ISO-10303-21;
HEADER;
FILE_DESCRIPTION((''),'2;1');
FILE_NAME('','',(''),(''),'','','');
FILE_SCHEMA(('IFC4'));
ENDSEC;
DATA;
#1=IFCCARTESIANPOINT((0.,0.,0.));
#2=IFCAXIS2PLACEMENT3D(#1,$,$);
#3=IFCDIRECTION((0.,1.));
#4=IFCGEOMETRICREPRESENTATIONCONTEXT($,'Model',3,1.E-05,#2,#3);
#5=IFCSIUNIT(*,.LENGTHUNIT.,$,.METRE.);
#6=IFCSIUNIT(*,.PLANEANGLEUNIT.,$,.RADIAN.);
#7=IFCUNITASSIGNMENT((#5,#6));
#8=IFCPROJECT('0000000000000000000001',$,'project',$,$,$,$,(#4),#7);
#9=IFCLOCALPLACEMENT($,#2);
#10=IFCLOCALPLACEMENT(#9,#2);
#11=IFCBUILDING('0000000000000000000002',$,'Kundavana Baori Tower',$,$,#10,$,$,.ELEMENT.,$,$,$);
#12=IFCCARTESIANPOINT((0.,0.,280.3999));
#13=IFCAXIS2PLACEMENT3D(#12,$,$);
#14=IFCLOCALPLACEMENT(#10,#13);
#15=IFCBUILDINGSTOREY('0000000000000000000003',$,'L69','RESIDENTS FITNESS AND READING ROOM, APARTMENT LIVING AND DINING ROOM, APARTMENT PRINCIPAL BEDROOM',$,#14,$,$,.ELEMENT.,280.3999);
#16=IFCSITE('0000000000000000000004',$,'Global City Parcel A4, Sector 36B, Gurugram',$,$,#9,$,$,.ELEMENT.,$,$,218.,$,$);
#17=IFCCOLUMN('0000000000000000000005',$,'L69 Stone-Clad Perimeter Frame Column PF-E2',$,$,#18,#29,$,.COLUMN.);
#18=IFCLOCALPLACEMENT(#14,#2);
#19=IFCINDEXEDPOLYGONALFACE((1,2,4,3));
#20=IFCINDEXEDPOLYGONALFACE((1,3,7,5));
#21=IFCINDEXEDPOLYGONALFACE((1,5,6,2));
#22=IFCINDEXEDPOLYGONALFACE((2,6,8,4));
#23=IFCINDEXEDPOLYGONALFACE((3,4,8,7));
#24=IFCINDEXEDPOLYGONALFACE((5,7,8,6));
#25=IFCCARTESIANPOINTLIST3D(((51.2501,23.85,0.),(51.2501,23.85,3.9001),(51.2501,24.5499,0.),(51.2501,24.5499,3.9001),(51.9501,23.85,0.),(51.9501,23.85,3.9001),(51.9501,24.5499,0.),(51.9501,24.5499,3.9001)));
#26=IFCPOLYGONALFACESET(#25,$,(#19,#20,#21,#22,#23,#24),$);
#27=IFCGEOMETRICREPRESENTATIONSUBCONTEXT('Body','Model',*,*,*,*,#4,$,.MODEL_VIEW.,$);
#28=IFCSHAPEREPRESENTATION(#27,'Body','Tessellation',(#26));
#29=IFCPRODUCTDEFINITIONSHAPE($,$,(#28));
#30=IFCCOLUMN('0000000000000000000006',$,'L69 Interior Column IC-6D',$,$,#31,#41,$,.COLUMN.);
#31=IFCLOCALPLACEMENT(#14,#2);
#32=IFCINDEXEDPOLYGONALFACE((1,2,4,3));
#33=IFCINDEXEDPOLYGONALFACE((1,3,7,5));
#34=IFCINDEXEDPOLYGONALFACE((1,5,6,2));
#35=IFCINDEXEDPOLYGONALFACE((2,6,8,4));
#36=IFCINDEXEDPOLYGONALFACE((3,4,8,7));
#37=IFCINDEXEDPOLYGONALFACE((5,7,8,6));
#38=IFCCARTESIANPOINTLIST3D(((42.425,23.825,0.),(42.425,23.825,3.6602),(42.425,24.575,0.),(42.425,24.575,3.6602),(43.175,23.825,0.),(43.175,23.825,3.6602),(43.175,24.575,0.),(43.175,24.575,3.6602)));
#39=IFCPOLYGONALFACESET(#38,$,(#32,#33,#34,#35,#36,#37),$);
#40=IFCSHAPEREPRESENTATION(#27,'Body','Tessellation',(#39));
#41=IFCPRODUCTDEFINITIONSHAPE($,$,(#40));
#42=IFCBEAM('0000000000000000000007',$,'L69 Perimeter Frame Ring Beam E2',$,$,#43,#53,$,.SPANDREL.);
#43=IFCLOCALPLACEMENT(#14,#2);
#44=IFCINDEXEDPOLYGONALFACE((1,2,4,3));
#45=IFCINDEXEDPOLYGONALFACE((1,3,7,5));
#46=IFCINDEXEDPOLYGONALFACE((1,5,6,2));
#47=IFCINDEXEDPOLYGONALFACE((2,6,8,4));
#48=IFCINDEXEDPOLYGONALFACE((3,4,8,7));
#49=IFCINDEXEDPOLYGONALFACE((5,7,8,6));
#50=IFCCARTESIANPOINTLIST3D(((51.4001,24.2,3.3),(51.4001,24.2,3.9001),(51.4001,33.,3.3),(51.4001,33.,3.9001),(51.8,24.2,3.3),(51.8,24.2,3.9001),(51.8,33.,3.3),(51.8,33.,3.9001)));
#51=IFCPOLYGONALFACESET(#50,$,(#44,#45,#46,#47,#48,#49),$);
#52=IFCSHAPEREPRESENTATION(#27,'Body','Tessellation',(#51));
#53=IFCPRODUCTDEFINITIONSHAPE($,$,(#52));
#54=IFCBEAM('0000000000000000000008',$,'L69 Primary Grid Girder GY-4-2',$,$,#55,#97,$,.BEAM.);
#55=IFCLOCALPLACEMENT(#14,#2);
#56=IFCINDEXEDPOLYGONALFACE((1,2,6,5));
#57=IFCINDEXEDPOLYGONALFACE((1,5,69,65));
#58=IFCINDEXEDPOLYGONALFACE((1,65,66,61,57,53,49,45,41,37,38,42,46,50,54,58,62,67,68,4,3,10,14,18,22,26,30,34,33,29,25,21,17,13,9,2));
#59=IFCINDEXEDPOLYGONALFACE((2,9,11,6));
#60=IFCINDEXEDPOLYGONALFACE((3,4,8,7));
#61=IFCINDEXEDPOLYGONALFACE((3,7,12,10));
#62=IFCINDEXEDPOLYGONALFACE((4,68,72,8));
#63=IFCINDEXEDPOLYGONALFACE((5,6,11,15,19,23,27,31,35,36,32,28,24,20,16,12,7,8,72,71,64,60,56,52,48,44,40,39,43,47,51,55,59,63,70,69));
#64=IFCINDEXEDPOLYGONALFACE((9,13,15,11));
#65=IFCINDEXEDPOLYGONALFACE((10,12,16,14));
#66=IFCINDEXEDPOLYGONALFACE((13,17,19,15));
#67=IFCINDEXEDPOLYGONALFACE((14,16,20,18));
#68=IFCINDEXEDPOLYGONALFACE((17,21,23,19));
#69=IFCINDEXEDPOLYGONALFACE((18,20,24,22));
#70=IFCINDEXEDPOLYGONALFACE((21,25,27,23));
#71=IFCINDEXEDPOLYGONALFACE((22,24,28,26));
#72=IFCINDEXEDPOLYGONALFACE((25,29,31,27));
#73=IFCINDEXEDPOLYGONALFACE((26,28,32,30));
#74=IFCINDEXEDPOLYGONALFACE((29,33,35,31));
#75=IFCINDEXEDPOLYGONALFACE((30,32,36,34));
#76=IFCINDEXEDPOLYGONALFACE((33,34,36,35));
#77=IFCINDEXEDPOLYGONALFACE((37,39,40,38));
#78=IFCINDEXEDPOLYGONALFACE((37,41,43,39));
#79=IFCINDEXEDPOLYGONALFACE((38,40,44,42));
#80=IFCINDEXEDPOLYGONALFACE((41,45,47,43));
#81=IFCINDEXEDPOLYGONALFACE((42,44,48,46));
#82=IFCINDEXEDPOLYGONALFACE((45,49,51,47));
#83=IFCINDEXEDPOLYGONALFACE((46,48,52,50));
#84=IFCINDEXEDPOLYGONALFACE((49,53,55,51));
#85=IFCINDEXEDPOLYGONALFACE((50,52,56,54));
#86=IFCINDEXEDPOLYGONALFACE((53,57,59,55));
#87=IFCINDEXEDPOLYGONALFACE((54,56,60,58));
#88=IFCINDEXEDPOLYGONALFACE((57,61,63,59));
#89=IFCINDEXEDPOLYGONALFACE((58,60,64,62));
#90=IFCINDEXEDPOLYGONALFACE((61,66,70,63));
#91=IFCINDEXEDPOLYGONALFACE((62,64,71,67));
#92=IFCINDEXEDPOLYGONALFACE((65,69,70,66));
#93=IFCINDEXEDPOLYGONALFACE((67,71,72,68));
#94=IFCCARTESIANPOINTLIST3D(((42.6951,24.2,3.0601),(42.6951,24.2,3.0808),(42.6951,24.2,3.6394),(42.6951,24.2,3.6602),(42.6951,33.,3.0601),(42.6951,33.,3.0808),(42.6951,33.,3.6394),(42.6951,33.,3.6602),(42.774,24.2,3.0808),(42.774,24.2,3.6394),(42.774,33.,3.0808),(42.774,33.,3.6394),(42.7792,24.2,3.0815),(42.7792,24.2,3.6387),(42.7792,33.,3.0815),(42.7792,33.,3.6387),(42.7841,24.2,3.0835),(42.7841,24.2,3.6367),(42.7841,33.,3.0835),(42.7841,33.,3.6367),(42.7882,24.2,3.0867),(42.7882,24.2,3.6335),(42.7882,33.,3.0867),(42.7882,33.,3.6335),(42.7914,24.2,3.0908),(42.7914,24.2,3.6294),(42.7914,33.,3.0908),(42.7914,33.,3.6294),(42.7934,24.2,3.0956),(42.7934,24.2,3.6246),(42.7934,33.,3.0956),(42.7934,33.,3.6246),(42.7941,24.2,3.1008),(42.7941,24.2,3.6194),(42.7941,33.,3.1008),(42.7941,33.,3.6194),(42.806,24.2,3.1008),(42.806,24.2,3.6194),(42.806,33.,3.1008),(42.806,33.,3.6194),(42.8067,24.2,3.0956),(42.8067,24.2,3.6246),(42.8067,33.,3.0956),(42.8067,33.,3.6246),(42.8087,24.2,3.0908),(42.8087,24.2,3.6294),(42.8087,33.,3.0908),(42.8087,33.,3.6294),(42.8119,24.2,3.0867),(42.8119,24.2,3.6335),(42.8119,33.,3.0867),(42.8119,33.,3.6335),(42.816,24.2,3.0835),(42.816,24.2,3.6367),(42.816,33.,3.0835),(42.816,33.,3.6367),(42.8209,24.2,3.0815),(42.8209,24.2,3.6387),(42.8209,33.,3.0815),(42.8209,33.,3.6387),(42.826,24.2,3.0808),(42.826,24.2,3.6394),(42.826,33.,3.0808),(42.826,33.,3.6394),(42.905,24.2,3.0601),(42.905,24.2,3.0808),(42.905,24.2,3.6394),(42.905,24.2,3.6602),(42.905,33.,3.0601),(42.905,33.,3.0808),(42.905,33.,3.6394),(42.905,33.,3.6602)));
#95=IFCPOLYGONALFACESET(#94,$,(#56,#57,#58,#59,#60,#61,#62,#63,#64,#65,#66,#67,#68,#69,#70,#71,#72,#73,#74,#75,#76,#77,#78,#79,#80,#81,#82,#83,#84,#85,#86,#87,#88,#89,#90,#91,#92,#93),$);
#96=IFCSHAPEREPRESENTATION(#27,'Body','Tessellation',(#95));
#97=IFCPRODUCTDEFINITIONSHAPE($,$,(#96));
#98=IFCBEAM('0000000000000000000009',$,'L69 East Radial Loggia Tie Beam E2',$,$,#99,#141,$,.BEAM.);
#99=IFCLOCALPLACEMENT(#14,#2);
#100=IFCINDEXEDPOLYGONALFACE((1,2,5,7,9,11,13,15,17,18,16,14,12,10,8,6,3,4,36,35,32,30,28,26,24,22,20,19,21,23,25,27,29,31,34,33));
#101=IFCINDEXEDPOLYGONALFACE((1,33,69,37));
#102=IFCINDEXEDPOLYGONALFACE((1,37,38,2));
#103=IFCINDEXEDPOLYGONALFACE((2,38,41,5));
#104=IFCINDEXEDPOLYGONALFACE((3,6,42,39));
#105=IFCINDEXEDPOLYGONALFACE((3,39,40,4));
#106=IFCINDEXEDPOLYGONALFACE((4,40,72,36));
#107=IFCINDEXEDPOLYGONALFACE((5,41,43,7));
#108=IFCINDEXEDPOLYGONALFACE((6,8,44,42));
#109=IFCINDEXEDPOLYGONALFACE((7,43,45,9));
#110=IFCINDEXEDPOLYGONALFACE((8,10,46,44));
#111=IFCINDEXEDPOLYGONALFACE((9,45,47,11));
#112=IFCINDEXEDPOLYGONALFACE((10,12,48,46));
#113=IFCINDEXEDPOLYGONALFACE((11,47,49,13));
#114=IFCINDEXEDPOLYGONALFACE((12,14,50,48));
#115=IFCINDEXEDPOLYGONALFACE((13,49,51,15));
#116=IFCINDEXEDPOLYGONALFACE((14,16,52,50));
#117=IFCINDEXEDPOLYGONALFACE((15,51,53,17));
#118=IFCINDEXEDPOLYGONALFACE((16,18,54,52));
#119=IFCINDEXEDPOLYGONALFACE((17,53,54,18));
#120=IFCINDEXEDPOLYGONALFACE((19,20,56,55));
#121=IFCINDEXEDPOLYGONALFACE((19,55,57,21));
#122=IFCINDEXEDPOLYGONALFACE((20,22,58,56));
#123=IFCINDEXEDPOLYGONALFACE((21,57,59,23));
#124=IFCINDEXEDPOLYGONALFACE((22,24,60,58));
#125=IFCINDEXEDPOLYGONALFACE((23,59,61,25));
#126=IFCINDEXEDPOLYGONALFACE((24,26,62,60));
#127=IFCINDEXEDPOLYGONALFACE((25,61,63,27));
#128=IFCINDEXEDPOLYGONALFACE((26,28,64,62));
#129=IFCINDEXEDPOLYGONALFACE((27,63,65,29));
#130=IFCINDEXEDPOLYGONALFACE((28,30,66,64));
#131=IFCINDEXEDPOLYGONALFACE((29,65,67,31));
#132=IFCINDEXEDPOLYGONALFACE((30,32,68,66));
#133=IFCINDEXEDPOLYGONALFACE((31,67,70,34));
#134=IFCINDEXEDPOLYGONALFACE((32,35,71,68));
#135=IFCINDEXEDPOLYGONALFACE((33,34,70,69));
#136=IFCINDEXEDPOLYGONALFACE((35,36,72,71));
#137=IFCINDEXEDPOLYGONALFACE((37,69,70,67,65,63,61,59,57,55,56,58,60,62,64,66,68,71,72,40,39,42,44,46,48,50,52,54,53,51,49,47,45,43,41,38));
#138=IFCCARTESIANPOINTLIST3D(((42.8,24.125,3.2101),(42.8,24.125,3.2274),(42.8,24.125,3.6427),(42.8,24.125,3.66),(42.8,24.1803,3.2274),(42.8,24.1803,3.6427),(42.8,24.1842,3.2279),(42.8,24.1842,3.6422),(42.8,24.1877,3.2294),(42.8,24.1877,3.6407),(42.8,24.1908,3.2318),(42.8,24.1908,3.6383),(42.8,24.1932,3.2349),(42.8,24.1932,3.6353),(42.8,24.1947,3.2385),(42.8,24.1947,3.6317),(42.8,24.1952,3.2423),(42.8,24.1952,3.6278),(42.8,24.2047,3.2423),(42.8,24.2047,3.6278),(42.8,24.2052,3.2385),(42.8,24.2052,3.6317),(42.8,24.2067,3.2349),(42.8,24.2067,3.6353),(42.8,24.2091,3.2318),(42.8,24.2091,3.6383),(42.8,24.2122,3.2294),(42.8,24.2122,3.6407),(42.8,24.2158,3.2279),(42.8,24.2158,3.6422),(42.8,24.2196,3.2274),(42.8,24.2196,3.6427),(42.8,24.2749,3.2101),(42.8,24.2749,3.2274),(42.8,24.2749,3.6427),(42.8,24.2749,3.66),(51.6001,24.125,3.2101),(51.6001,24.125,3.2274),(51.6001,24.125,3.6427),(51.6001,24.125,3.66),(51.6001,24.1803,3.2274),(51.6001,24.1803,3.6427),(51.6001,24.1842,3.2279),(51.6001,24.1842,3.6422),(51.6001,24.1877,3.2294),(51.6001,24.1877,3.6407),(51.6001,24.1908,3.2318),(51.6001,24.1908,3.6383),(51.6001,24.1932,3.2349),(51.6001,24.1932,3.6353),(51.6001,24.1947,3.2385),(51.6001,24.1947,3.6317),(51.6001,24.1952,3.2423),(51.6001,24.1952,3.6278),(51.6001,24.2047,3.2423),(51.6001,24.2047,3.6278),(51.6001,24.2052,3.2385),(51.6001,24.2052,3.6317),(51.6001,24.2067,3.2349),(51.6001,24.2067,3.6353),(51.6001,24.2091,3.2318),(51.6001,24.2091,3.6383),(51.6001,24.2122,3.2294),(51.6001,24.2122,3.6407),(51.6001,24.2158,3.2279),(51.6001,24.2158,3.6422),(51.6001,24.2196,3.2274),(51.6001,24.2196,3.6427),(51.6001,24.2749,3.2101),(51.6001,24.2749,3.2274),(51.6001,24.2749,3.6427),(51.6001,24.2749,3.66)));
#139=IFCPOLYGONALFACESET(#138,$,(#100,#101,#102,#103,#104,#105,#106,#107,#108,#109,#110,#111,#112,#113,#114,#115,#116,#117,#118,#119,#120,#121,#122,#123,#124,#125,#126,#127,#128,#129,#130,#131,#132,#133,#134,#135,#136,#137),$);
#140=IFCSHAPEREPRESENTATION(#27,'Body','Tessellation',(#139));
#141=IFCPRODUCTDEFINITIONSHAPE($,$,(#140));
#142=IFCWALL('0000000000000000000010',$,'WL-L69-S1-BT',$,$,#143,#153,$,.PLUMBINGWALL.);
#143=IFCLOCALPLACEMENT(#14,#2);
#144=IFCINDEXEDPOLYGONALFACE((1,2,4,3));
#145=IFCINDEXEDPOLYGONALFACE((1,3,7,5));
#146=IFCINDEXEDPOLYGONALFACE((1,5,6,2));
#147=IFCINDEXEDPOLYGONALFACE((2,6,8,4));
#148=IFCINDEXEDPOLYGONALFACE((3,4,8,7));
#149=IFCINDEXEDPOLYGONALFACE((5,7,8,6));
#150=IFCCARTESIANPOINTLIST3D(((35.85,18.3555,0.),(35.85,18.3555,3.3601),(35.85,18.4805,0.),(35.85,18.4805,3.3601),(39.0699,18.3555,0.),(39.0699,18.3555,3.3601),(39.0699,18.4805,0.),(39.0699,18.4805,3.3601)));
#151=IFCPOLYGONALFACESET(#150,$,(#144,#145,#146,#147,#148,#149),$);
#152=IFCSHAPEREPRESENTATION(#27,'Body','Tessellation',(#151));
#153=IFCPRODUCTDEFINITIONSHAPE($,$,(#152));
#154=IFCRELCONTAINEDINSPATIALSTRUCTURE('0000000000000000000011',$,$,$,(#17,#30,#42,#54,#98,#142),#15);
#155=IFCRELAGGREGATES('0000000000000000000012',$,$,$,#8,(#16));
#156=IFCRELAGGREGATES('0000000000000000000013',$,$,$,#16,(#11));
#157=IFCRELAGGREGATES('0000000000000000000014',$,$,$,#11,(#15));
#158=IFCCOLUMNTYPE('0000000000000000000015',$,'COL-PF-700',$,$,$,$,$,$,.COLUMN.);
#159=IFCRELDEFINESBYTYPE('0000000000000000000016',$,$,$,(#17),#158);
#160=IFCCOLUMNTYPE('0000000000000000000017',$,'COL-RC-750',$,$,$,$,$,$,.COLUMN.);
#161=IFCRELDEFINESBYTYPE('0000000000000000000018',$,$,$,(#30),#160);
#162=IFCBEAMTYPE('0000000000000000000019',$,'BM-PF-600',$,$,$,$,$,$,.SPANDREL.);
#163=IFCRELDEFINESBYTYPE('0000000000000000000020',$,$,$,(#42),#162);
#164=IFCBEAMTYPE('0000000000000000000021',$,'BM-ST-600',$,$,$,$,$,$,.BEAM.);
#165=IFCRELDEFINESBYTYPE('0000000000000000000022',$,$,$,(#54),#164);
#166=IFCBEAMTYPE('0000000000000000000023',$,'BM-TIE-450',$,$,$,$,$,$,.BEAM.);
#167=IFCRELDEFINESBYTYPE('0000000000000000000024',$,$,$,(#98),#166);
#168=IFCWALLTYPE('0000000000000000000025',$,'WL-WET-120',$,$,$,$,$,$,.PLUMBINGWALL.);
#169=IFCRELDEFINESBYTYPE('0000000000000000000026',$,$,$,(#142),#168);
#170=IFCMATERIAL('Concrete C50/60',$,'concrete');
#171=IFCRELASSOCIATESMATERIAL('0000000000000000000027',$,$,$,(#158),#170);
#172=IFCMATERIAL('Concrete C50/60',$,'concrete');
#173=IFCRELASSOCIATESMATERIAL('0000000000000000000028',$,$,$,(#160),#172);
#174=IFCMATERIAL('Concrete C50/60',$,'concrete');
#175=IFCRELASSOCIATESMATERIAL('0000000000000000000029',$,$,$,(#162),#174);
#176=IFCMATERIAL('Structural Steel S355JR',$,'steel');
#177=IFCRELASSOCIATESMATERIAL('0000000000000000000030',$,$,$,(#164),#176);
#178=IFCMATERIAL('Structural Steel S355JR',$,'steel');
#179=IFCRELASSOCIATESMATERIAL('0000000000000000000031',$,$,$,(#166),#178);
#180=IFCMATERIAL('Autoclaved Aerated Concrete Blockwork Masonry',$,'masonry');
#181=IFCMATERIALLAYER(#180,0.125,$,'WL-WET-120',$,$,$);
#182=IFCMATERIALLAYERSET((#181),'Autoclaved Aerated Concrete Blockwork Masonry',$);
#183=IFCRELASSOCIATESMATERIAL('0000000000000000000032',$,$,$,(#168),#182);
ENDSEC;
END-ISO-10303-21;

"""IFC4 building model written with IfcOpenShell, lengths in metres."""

from ifc_helpers import new_model, si_unit, direction, frame, frame_2d, origin, origin_2d, place, context, subcontext, project, spatial, rectangle, i_section, extrude, material, layer, layer_set, material_profile, profile_set, type_object, element, save


model = new_model("IFC4")

# Units and contexts
model_context = context("Model", 3, precision=1e-05, world=origin(), true_north=direction((0.0, 1.0)))
body_context = subcontext(model_context, "Body", "Model", "MODEL_VIEW")
ifc_project = project(units=[si_unit("LENGTHUNIT", "METRE"), si_unit("PLANEANGLEUNIT", "RADIAN")], contexts=[model_context])

# Site, building, storey
site_placement = place(None, origin())
site = spatial("IfcSite", under=ifc_project, at=site_placement, Name="Global City Parcel A4, Sector 36B, Gurugram", CompositionType="ELEMENT", RefElevation=218.0)
building_placement = place(site_placement, origin())
building = spatial("IfcBuilding", under=site, at=building_placement, Name="Kundavana Baori Tower", CompositionType="ELEMENT")
storey_placement = place(building_placement, frame((0.0, 0.0, 280.3999)))
storey = spatial("IfcBuildingStorey", under=building, at=storey_placement, Name="L69", Description="RESIDENTS FITNESS AND READING ROOM, APARTMENT LIVING AND DINING ROOM, APARTMENT PRINCIPAL BEDROOM", CompositionType="ELEMENT", Elevation=280.3999)

# Columns
ifc_material_1 = material(Name="Concrete C50/60", Category="concrete")
ifc_material_profile_1 = material_profile(ifc_material_1, rectangle(XDim=0.7, YDim=0.7, at=origin_2d()), Name="RC PF 700x700")
ifc_profile_set_1 = profile_set([ifc_material_profile_1], Name="Concrete C50/60")
column_type_1 = type_object("IfcColumnType", Name="COL-PF-700", PredefinedType="COLUMN", material=ifc_profile_set_1)
column_1_placement = place(storey_placement, frame((51.6001, 24.2, 0.0), z_axis=(0.0, 0.0, 1.0), x_axis=(1.0, 0.0, 0.0)))
element("IfcColumn", 1, at=column_1_placement, inside=storey, type_object=column_type_1, Name="L69 Stone-Clad Perimeter Frame Column PF-E2", PredefinedType="COLUMN", context=body_context, shape_type="SweptSolid", body=[
    extrude(rectangle(XDim=0.7, YDim=0.7, at=origin_2d()), origin(), (0.0, 0.0, 1.0), 3.9001),
])
ifc_material_2 = material(Name="Concrete C50/60", Category="concrete")
ifc_material_profile_2 = material_profile(ifc_material_2, rectangle(XDim=0.75, YDim=0.75, at=origin_2d()), Name="RC 750x750")
ifc_profile_set_2 = profile_set([ifc_material_profile_2], Name="Concrete C50/60")
column_type_2 = type_object("IfcColumnType", Name="COL-RC-750", PredefinedType="COLUMN", material=ifc_profile_set_2)
column_2_placement = place(storey_placement, frame((42.8, 24.2, 0.0), z_axis=(0.0, 0.0, 1.0), x_axis=(1.0, 0.0, 0.0)))
element("IfcColumn", 2, at=column_2_placement, inside=storey, type_object=column_type_2, Name="L69 Interior Column IC-6D", PredefinedType="COLUMN", context=body_context, shape_type="SweptSolid", body=[
    extrude(rectangle(XDim=0.75, YDim=0.75, at=origin_2d()), origin(), (0.0, 0.0, 1.0), 3.6602),
])

# Beams
ifc_material_3 = material(Name="Concrete C50/60", Category="concrete")
ifc_material_profile_3 = material_profile(ifc_material_3, rectangle(XDim=0.3999, YDim=0.6001, at=origin_2d()), Name="RC BM 400x600")
ifc_profile_set_3 = profile_set([ifc_material_profile_3], Name="Concrete C50/60")
beam_type_1 = type_object("IfcBeamType", Name="BM-PF-600", PredefinedType="SPANDREL", material=ifc_profile_set_3)
beam_1_placement = place(storey_placement, frame((51.6001, 24.2, 3.6001), z_axis=(0.0, 1.0, 0.0), x_axis=(-1.0, 0.0, 0.0)))
element("IfcBeam", 3, at=beam_1_placement, inside=storey, type_object=beam_type_1, Name="L69 Perimeter Frame Ring Beam E2", PredefinedType="SPANDREL", context=body_context, shape_type="SweptSolid", body=[
    extrude(rectangle(XDim=0.3999, YDim=0.6001, at=origin_2d()), origin(), (0.0, 0.0, 1.0), 8.8),
])
ifc_material_4 = material(Name="Structural Steel S355JR", Category="steel")
ifc_material_profile_4 = material_profile(ifc_material_4, i_section(OverallWidth=0.21, OverallDepth=0.6001, WebThickness=0.012, FlangeThickness=0.0208, FilletRadius=0.02, at=origin_2d()), Name="ISMB 600")
ifc_profile_set_4 = profile_set([ifc_material_profile_4], Name="Structural Steel S355JR")
beam_type_2 = type_object("IfcBeamType", Name="BM-ST-600", PredefinedType="BEAM", material=ifc_profile_set_4)
beam_2_placement = place(storey_placement, frame((42.8, 24.2, 3.3601), z_axis=(0.0, 1.0, 0.0), x_axis=(-1.0, 0.0, 0.0)))
element("IfcBeam", 4, at=beam_2_placement, inside=storey, type_object=beam_type_2, Name="L69 Primary Grid Girder GY-4-2", PredefinedType="BEAM", context=body_context, shape_type="SweptSolid", body=[
    extrude(i_section(OverallWidth=0.21, OverallDepth=0.6001, WebThickness=0.012, FlangeThickness=0.0208, FilletRadius=0.02, at=origin_2d()), origin(), (0.0, 0.0, 1.0), 8.8),
])
ifc_material_5 = material(Name="Structural Steel S355JR", Category="steel")
ifc_material_profile_5 = material_profile(ifc_material_5, i_section(OverallWidth=0.1499, OverallDepth=0.45, WebThickness=0.0095, FlangeThickness=0.0173, FilletRadius=0.0149, at=origin_2d()), Name="ISMB 450")
ifc_profile_set_5 = profile_set([ifc_material_profile_5], Name="Structural Steel S355JR")
beam_type_3 = type_object("IfcBeamType", Name="BM-TIE-450", PredefinedType="BEAM", material=ifc_profile_set_5)
beam_3_placement = place(storey_placement, frame((42.8, 24.2, 3.4351), z_axis=(1.0, 0.0, 0.0), x_axis=(0.0, 1.0, 0.0)))
element("IfcBeam", 5, at=beam_3_placement, inside=storey, type_object=beam_type_3, Name="L69 East Radial Loggia Tie Beam E2", PredefinedType="BEAM", context=body_context, shape_type="SweptSolid", body=[
    extrude(i_section(OverallWidth=0.1499, OverallDepth=0.45, WebThickness=0.0095, FlangeThickness=0.0173, FilletRadius=0.0149, at=origin_2d()), origin(), (0.0, 0.0, 1.0), 8.8),
])

# Wall
ifc_material_6 = material(Name="Autoclaved Aerated Concrete Blockwork Masonry", Category="masonry")
ifc_layer = layer(ifc_material_6, 0.125, Name="WL-WET-120")
ifc_layer_set = layer_set([ifc_layer], Name="Autoclaved Aerated Concrete Blockwork Masonry")
wall_type = type_object("IfcWallType", Name="WL-WET-120", PredefinedType="PLUMBINGWALL", material=ifc_layer_set)
wall_1_placement = place(storey_placement, frame((35.8501, 18.418, 0.0), z_axis=(0.0, 0.0, 1.0), x_axis=(1.0, 0.0, 0.0)))
element("IfcWall", 6, at=wall_1_placement, inside=storey, type_object=wall_type, Name="WL-L69-S1-BT", PredefinedType="PLUMBINGWALL", context=body_context, shape_type="SweptSolid", body=[
    extrude(rectangle(XDim=3.22, YDim=0.125, at=frame_2d((1.6099, 0.0))), origin(), (0.0, 0.0, 1.0), 3.3601),
])

save(model, "model.ifc")
